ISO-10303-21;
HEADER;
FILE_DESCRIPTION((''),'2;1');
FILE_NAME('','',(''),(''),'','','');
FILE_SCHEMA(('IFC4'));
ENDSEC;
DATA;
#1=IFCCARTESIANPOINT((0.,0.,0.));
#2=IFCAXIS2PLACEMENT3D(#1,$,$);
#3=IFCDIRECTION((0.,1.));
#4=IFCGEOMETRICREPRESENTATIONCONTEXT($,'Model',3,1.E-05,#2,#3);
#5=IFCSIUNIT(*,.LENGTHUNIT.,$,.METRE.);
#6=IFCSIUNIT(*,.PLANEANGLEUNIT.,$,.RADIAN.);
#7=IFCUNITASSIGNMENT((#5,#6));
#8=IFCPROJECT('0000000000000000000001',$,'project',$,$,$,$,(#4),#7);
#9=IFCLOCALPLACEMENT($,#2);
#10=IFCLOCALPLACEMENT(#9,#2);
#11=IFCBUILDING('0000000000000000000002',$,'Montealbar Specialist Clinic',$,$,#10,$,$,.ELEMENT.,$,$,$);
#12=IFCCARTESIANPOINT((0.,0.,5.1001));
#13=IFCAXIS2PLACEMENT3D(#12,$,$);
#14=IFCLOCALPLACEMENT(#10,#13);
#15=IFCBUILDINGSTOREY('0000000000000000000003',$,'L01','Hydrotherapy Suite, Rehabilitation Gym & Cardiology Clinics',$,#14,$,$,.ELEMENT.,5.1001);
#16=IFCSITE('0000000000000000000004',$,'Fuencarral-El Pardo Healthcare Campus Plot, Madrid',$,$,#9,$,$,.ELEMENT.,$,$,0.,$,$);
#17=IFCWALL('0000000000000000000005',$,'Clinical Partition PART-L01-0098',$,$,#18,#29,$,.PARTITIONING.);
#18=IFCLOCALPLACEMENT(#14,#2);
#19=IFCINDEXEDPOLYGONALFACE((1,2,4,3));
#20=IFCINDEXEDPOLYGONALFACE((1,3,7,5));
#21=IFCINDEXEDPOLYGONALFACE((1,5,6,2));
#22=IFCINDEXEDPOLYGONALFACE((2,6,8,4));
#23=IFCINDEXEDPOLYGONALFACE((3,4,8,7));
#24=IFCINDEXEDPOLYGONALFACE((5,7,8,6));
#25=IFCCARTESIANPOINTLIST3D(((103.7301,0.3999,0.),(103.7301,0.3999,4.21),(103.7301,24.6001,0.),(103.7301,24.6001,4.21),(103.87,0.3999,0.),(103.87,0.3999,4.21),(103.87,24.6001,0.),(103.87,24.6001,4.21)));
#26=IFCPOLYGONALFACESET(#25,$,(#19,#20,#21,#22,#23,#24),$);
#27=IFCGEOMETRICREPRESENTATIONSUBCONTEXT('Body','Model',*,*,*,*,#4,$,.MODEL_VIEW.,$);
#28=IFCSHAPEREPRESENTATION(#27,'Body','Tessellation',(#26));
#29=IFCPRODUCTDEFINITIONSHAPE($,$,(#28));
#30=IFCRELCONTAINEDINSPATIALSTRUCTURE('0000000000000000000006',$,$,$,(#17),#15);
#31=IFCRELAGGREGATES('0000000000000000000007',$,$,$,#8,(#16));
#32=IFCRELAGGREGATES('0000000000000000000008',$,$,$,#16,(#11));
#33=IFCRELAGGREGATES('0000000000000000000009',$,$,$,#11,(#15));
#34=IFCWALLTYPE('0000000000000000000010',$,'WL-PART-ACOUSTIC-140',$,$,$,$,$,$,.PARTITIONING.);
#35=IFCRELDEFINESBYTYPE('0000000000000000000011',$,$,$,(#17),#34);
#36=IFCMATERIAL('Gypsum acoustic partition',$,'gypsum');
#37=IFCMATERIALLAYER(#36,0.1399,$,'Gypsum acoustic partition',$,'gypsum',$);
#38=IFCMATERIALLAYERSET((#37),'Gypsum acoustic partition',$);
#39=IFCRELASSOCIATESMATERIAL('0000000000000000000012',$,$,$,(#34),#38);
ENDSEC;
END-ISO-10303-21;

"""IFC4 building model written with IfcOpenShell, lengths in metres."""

from ifc_helpers import new_model, si_unit, direction, frame, frame_2d, origin, place, context, subcontext, project, spatial, rectangle, extrude, material, layer, layer_set, type_object, element, save


model = new_model("IFC4")

# Units and contexts
model_context = context("Model", 3, precision=1e-05, world=origin(), true_north=direction((0.0, 1.0)))
body_context = subcontext(model_context, "Body", "Model", "MODEL_VIEW")
ifc_project = project(units=[si_unit("LENGTHUNIT", "METRE"), si_unit("PLANEANGLEUNIT", "RADIAN")], contexts=[model_context])

# Site, building, storey
site_placement = place(None, origin())
site = spatial("IfcSite", under=ifc_project, at=site_placement, Name="Fuencarral-El Pardo Healthcare Campus Plot, Madrid", CompositionType="ELEMENT", RefElevation=0.0)
building_placement = place(site_placement, origin())
building = spatial("IfcBuilding", under=site, at=building_placement, Name="Montealbar Specialist Clinic", CompositionType="ELEMENT")
storey_placement = place(building_placement, frame((0.0, 0.0, 5.1001)))
storey = spatial("IfcBuildingStorey", under=building, at=storey_placement, Name="L01", Description="Hydrotherapy Suite, Rehabilitation Gym & Cardiology Clinics", CompositionType="ELEMENT", Elevation=5.1001)

# Wall
ifc_material_1 = material(Name="Gypsum acoustic partition", Category="gypsum")
ifc_layer_1 = layer(ifc_material_1, 0.1399, Name="Gypsum acoustic partition", Category="gypsum")
ifc_layer_set_1 = layer_set([ifc_layer_1], Name="Gypsum acoustic partition")
wall_type_1 = type_object("IfcWallType", Name="WL-PART-ACOUSTIC-140", PredefinedType="PARTITIONING", material=ifc_layer_set_1)
wall_1_placement = place(storey_placement, frame((103.8, 0.3999, 0.0), z_axis=(0.0, 0.0, 1.0), x_axis=(0.0, 1.0, 0.0)))
element("IfcWall", 1, at=wall_1_placement, inside=storey, type_object=wall_type_1, Name="Clinical Partition PART-L01-0098", PredefinedType="PARTITIONING", context=body_context, shape_type="SweptSolid", body=[
    extrude(rectangle(XDim=24.2002, YDim=0.1399, at=frame_2d((12.1001, 0.0))), origin(), (0.0, 0.0, 1.0), 4.21),
])

save(model, "model.ifc")
